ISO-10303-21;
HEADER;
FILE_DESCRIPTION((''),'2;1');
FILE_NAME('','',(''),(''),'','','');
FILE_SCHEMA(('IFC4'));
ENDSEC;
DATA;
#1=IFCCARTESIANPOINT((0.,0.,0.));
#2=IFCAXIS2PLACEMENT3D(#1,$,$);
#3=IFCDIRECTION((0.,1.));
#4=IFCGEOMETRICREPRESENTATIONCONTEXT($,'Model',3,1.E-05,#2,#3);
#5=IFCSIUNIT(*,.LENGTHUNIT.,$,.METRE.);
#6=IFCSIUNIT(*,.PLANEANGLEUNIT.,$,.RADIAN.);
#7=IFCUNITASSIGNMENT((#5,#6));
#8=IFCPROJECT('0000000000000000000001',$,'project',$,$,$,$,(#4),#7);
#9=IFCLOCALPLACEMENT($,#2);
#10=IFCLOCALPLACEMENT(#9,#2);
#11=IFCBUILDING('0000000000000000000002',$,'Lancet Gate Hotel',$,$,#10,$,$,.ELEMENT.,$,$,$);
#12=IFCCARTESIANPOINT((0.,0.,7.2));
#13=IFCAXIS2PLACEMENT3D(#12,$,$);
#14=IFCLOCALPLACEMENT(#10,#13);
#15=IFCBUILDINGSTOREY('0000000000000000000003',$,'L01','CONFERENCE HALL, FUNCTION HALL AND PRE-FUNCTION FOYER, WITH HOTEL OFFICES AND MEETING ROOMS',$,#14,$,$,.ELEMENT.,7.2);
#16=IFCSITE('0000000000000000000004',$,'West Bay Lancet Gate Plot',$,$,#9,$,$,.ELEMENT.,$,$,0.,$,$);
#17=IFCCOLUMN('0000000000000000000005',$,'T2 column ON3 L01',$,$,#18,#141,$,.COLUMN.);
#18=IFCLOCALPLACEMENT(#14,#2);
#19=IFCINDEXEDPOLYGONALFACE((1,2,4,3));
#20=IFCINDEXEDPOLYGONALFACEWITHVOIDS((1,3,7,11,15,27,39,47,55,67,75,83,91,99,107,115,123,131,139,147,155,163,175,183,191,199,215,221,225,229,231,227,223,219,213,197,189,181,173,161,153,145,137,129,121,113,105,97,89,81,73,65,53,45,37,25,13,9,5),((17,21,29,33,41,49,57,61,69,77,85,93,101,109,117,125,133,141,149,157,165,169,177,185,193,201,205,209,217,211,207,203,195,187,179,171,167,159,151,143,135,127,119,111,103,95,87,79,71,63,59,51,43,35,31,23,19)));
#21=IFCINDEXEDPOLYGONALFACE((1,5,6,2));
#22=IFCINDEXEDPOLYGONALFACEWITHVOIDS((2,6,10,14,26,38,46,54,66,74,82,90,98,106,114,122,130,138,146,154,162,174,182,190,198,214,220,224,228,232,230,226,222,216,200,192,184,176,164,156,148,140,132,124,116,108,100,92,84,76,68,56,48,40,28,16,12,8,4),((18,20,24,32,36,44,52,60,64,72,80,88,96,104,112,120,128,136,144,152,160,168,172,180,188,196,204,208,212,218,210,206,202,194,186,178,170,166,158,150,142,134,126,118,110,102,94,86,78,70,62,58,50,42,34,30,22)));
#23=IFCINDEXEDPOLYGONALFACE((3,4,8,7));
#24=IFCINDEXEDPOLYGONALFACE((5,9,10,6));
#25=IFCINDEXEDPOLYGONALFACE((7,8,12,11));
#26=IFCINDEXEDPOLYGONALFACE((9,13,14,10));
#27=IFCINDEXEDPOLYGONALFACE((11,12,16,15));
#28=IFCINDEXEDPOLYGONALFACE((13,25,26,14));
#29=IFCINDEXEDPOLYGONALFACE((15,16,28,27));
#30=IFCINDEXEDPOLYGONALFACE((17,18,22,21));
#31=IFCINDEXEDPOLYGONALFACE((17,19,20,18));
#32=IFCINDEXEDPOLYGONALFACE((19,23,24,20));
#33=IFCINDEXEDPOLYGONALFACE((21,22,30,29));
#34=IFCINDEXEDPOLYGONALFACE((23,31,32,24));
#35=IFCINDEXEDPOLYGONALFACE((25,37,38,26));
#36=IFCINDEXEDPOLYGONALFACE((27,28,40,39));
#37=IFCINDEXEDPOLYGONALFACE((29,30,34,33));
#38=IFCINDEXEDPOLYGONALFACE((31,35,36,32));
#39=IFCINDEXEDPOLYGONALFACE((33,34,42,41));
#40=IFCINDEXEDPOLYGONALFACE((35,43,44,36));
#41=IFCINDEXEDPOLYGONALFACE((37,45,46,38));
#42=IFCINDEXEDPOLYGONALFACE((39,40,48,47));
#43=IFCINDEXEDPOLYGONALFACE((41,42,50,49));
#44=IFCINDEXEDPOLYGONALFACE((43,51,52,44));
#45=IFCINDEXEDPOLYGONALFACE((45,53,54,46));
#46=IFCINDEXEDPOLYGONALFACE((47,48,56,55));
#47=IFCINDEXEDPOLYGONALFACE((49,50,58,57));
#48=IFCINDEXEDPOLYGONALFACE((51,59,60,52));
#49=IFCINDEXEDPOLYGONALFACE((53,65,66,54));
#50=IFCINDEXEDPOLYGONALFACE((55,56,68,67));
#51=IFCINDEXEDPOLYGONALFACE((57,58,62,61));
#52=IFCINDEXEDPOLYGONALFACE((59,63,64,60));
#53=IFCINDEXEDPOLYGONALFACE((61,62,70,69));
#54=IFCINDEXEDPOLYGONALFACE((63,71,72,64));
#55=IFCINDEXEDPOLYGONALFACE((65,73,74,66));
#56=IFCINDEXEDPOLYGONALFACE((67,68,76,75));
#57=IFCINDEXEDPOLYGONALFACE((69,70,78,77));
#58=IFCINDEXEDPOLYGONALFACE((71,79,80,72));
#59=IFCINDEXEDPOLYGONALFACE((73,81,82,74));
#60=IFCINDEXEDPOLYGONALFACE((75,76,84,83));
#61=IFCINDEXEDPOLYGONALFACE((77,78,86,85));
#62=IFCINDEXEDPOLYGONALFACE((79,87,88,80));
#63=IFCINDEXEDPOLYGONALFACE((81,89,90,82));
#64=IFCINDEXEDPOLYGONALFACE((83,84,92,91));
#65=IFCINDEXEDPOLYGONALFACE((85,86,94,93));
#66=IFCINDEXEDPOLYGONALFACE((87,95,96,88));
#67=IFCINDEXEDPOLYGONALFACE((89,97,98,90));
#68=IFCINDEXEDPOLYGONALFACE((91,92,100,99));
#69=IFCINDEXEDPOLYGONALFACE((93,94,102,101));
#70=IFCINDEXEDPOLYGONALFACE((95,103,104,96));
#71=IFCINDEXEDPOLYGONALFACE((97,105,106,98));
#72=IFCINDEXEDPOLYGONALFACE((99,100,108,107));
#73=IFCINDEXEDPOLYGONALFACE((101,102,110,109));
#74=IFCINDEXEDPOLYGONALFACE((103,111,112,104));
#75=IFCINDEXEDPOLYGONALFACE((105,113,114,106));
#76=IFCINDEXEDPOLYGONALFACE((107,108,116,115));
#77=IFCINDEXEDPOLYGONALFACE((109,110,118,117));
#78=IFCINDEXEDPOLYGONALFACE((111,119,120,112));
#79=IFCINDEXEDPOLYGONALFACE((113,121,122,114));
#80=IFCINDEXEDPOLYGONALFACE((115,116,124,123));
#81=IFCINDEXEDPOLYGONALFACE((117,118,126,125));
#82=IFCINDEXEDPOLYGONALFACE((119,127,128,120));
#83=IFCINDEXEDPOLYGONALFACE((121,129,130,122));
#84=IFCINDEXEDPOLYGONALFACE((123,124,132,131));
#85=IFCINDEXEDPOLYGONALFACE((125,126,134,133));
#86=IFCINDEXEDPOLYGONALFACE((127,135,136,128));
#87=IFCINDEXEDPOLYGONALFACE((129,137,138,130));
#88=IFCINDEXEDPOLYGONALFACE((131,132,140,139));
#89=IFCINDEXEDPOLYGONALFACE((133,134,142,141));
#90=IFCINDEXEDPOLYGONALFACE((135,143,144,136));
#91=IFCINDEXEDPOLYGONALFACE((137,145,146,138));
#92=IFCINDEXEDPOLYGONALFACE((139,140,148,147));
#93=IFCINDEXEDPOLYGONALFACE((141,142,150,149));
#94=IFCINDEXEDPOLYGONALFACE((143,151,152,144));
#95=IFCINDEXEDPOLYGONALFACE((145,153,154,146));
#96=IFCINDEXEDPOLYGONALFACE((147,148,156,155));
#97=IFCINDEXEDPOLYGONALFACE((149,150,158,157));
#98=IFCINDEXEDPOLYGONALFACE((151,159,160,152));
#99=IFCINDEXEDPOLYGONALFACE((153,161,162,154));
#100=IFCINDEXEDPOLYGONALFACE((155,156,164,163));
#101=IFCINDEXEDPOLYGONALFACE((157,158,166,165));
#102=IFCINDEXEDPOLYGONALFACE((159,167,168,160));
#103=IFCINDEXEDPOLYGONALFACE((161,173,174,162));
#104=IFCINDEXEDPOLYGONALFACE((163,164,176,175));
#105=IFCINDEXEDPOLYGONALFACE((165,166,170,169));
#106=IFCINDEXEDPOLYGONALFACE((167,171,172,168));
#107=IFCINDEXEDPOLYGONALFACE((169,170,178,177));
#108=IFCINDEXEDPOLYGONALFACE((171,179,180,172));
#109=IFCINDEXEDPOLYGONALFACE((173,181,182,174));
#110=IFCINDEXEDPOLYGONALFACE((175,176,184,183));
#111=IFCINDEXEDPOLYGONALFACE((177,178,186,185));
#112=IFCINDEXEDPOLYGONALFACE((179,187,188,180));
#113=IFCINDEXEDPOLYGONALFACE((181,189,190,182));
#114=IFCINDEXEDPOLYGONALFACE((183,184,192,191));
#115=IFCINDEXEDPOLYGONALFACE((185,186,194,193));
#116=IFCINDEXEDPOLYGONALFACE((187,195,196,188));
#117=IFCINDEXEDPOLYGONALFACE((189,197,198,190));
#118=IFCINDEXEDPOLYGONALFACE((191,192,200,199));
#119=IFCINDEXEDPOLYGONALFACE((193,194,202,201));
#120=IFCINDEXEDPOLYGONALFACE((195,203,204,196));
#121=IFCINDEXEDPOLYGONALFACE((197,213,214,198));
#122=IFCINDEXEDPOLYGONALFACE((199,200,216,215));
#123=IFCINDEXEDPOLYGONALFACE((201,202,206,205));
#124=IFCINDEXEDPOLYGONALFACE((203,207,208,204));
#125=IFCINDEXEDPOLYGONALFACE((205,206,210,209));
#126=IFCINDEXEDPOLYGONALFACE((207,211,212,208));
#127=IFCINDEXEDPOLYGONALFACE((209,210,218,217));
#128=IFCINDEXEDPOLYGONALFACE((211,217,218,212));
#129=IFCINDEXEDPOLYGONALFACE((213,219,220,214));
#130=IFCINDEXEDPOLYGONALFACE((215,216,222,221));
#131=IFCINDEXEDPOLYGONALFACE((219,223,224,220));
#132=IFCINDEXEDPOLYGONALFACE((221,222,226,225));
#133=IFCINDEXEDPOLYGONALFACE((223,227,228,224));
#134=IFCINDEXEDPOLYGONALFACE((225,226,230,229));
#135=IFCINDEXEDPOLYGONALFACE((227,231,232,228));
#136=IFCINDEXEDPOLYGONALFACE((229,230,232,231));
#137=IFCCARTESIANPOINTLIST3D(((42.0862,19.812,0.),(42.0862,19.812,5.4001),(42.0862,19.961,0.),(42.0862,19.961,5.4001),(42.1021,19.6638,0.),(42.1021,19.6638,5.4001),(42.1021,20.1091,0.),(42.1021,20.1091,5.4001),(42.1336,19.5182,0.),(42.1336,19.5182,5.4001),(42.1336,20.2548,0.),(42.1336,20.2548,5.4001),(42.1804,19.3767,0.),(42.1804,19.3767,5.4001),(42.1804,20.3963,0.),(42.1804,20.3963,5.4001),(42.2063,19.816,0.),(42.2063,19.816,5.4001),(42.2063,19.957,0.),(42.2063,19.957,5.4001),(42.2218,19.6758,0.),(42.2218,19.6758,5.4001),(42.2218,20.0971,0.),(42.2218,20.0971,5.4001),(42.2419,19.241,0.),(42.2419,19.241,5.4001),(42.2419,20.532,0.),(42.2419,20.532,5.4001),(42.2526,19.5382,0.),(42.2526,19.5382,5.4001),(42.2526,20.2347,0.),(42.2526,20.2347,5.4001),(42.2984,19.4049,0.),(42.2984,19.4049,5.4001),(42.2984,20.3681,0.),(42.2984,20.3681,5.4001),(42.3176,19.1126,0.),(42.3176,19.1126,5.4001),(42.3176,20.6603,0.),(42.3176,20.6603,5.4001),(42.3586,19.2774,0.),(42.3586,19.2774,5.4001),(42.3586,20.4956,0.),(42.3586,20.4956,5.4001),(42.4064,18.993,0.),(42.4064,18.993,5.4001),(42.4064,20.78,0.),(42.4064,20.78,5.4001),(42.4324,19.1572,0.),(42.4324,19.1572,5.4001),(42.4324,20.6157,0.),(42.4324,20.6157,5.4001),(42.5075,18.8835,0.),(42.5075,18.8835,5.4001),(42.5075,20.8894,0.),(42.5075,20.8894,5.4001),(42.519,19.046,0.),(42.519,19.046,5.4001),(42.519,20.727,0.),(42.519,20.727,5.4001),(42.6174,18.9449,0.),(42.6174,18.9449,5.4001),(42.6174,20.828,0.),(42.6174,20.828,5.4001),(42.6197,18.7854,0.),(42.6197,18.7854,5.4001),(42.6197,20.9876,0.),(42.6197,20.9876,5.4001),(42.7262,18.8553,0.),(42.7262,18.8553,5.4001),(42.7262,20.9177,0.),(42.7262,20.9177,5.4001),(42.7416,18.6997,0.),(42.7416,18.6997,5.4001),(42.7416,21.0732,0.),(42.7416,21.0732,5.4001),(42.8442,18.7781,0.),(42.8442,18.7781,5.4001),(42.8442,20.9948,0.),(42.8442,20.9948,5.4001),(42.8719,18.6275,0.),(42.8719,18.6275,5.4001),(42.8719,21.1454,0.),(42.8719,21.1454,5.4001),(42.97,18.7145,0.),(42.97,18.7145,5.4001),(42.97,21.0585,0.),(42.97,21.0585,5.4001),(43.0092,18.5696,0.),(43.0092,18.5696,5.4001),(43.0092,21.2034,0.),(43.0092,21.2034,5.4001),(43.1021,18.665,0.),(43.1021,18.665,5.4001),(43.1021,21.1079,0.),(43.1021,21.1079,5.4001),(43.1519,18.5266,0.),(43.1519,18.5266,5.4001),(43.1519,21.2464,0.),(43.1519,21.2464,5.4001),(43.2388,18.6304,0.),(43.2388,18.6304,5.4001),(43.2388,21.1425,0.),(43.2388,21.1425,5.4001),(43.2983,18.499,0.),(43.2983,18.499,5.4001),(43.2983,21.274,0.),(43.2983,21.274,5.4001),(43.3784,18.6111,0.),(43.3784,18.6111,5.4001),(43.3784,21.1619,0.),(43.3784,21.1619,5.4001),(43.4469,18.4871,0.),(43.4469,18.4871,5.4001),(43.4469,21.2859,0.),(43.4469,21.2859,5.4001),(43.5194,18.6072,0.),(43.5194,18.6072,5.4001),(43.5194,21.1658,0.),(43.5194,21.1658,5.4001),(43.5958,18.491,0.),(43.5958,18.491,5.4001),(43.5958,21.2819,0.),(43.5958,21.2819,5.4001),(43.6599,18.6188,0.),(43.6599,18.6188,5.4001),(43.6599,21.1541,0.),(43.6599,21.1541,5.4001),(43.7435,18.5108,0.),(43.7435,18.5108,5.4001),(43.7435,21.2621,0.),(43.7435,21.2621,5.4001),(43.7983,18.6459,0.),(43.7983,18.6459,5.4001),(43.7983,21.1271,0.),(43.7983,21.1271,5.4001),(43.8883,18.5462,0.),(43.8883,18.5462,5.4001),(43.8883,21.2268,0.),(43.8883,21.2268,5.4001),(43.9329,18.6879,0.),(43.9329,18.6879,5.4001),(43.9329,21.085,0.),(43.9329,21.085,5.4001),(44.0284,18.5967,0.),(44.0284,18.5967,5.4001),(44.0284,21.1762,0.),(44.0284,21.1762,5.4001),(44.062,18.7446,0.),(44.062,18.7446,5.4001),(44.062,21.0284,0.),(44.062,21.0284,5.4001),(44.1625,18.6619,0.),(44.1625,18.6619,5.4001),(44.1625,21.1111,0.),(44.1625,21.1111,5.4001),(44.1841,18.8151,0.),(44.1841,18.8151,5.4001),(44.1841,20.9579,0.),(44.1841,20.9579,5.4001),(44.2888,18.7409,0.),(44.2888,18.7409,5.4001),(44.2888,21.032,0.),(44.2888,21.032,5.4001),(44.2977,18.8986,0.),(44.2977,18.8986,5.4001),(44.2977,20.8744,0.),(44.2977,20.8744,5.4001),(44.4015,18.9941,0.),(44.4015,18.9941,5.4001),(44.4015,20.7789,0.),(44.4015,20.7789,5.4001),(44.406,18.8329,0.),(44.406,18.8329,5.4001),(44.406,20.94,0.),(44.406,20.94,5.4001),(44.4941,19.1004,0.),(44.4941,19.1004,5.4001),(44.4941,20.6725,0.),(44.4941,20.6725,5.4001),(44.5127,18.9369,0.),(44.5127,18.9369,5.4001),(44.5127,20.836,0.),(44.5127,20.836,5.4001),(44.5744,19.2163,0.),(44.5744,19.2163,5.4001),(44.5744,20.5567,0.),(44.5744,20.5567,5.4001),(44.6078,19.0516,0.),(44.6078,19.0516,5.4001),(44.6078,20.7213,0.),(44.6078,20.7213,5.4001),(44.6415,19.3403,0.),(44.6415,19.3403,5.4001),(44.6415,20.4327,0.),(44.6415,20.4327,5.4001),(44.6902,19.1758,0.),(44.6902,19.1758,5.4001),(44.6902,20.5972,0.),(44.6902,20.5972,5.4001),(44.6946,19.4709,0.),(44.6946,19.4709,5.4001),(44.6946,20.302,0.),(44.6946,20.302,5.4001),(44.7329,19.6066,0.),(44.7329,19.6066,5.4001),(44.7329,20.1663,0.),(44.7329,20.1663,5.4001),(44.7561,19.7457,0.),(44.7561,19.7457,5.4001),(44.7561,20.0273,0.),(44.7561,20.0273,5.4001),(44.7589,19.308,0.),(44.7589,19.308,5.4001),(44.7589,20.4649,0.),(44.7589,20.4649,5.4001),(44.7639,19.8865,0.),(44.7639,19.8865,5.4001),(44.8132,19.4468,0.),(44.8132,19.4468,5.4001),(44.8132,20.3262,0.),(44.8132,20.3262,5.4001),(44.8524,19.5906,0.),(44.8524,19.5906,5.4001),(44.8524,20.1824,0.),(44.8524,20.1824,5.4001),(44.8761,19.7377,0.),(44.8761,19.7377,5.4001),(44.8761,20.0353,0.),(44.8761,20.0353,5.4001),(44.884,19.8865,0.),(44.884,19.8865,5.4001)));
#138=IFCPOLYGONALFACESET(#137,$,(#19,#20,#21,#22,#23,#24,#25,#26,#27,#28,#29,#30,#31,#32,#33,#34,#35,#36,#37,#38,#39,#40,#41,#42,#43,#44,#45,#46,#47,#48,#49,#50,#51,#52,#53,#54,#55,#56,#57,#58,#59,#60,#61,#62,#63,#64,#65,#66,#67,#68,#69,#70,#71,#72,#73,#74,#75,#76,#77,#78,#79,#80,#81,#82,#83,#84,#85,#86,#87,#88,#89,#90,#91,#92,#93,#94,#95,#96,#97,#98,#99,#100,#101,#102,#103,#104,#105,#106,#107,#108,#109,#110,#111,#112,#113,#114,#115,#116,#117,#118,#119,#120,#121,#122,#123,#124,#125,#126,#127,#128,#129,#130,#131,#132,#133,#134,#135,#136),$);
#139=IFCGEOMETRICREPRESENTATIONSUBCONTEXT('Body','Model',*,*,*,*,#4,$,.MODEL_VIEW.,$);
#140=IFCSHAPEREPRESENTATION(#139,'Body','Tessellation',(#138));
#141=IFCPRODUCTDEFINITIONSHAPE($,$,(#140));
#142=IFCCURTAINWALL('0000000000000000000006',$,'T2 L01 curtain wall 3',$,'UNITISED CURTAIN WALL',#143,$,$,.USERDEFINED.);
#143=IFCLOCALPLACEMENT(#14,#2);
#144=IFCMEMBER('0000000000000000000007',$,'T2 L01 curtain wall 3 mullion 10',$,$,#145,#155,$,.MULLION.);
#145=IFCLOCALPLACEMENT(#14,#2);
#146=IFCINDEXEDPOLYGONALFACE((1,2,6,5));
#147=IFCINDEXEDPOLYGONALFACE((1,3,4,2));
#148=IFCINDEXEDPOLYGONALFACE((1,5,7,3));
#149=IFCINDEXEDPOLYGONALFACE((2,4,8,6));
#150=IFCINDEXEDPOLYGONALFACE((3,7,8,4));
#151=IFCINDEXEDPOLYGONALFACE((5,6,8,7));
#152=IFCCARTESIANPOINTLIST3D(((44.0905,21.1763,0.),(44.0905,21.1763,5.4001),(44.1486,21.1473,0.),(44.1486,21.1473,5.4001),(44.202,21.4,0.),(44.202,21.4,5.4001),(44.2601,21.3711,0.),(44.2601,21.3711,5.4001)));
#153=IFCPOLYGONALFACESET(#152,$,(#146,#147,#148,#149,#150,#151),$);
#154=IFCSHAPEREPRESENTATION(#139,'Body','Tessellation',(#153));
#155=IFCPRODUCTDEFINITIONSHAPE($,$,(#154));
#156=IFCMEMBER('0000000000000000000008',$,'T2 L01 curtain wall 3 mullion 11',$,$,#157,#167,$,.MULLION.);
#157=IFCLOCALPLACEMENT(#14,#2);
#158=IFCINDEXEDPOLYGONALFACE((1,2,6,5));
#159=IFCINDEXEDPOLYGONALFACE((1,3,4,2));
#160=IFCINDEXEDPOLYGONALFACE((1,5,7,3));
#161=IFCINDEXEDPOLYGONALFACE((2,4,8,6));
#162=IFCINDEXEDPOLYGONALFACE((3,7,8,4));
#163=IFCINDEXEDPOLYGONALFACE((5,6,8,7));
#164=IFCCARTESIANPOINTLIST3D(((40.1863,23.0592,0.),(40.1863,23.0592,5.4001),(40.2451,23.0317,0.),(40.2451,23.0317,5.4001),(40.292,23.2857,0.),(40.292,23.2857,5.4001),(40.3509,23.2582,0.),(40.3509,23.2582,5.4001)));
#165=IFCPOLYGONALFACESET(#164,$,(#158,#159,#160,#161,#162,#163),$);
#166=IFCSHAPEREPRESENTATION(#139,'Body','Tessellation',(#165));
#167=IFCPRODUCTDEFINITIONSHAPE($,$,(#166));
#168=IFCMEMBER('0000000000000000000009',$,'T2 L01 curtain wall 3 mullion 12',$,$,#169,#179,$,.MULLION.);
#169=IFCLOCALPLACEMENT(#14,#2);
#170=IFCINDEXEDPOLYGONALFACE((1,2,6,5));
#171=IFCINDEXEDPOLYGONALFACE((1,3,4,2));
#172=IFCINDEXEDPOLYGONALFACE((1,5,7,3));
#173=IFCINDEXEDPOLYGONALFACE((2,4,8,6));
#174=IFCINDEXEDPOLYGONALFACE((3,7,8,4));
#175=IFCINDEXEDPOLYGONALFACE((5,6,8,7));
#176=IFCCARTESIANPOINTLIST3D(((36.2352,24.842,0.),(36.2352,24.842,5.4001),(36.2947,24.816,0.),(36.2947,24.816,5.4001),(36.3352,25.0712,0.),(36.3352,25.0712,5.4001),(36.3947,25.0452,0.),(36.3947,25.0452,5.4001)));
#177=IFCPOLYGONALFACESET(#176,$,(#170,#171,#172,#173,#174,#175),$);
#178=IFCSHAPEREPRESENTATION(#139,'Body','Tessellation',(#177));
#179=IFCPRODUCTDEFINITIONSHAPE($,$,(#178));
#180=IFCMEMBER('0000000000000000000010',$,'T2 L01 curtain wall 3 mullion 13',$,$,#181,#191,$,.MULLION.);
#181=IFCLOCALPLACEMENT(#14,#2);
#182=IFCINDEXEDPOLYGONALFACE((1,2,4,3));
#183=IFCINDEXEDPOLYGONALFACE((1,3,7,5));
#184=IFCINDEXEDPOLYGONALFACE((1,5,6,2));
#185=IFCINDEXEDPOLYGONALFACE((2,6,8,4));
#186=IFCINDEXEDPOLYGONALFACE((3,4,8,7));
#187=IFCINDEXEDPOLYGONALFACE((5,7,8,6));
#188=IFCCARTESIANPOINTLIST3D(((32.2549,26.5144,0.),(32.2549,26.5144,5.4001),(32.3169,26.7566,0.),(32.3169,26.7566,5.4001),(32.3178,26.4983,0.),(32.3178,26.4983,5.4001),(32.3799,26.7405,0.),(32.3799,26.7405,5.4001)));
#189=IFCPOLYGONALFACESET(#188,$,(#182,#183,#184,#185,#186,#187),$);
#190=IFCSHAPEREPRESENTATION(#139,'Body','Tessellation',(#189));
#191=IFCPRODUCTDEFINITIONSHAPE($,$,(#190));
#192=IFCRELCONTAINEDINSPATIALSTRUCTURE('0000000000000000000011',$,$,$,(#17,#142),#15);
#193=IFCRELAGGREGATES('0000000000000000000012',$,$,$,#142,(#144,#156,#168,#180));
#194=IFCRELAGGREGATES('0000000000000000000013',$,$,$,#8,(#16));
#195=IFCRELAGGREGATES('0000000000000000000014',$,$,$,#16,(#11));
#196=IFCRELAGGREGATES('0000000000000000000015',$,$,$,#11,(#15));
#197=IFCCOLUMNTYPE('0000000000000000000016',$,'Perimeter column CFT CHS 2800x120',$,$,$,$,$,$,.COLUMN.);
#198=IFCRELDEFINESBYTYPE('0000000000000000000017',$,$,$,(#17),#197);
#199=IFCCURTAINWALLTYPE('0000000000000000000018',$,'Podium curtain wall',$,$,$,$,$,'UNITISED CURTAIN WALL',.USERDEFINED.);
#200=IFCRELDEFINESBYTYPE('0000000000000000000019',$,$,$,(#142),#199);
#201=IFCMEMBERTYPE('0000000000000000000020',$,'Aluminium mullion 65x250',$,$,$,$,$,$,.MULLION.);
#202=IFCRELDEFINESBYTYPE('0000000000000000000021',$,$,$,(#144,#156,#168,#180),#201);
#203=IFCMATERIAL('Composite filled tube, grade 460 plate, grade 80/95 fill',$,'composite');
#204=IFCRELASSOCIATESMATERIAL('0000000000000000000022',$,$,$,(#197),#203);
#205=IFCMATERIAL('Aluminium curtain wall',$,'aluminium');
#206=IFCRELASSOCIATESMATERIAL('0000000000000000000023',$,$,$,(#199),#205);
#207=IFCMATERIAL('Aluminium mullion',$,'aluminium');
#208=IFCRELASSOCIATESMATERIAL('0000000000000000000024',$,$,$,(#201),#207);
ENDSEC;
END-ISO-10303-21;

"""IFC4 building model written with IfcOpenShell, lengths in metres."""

from ifc_helpers import new_model, si_unit, direction, frame, origin, origin_2d, place, context, subcontext, project, spatial, rectangle, hollow_circle, extrude, material, material_profile, profile_set, type_object, element, aggregate, save


model = new_model("IFC4")

# Units and contexts
model_context = context("Model", 3, precision=1e-05, world=origin(), true_north=direction((0.0, 1.0)))
body_context = subcontext(model_context, "Body", "Model", "MODEL_VIEW")
ifc_project = project(units=[si_unit("LENGTHUNIT", "METRE"), si_unit("PLANEANGLEUNIT", "RADIAN")], contexts=[model_context])

# Site, building, storey
site_placement = place(None, origin())
site = spatial("IfcSite", under=ifc_project, at=site_placement, Name="West Bay Lancet Gate Plot", CompositionType="ELEMENT", RefElevation=0.0)
building_placement = place(site_placement, origin())
building = spatial("IfcBuilding", under=site, at=building_placement, Name="Lancet Gate Hotel", CompositionType="ELEMENT")
storey_placement = place(building_placement, frame((0.0, 0.0, 7.2)))
storey = spatial("IfcBuildingStorey", under=building, at=storey_placement, Name="L01", Description="CONFERENCE HALL, FUNCTION HALL AND PRE-FUNCTION FOYER, WITH HOTEL OFFICES AND MEETING ROOMS", CompositionType="ELEMENT", Elevation=7.2)

# Column
ifc_material_1 = material(Name="Composite filled tube, grade 460 plate, grade 80/95 fill", Category="composite")
ifc_material_profile_1 = material_profile(ifc_material_1, hollow_circle(Radius=1.3999, WallThickness=0.1201, at=origin_2d()), Name="CHS 2800x120")
ifc_profile_set_1 = profile_set([ifc_material_profile_1], Name="Composite filled tube, grade 460 plate, grade 80/95 fill")
column_type = type_object("IfcColumnType", Name="Perimeter column CFT CHS 2800x120", PredefinedType="COLUMN", material=ifc_profile_set_1)
column_placement = place(storey_placement, frame((43.4841, 19.8865, 0.0), z_axis=(0.0, 0.0, 1.0), x_axis=(1.0, 0.0, 0.0)))
element("IfcColumn", 1, at=column_placement, inside=storey, type_object=column_type, Name="T2 column ON3 L01", PredefinedType="COLUMN", context=body_context, shape_type="SweptSolid", body=[
    extrude(hollow_circle(Radius=1.3999, WallThickness=0.1201, at=origin_2d()), origin(), (0.0, 0.0, 1.0), 5.4001),
])

# Curtain wall, members
ifc_material_2 = material(Name="Aluminium curtain wall", Category="aluminium")
curtain_wall_type = type_object("IfcCurtainWallType", Name="Podium curtain wall", ElementType="UNITISED CURTAIN WALL", PredefinedType="USERDEFINED", material=ifc_material_2)
curtain_wall_placement = place(storey_placement, origin())
curtain_wall = element("IfcCurtainWall", 2, at=curtain_wall_placement, inside=storey, type_object=curtain_wall_type, Name="T2 L01 curtain wall 3", ObjectType="UNITISED CURTAIN WALL", PredefinedType="USERDEFINED")
ifc_material_3 = material(Name="Aluminium mullion", Category="aluminium")
ifc_material_profile_2 = material_profile(ifc_material_3, rectangle(XDim=0.0649, YDim=0.25, at=origin_2d()), Name="MULLION 65x250")
ifc_profile_set_2 = profile_set([ifc_material_profile_2], Name="Aluminium mullion")
member_type_1 = type_object("IfcMemberType", Name="Aluminium mullion 65x250", PredefinedType="MULLION", material=ifc_profile_set_2)
member_1_placement = place(storey_placement, frame((44.1753, 21.2737, 0.0), z_axis=(0.0, 0.0, 1.0), x_axis=(-0.895044, 0.445978, 0.0)))
member_1 = element("IfcMember", 3, at=member_1_placement, type_object=member_type_1, Name="T2 L01 curtain wall 3 mullion 10", PredefinedType="MULLION", context=body_context, shape_type="SweptSolid", body=[
    extrude(rectangle(XDim=0.0649, YDim=0.25, at=origin_2d()), origin(), (0.0, 0.0, 1.0), 5.4001),
])
member_2_placement = place(storey_placement, frame((40.2686, 23.1587, 0.0), z_axis=(0.0, 0.0, 1.0), x_axis=(-0.906105, 0.423053, 0.0)))
member_2 = element("IfcMember", 4, at=member_2_placement, type_object=member_type_1, Name="T2 L01 curtain wall 3 mullion 11", PredefinedType="MULLION", context=body_context, shape_type="SweptSolid", body=[
    extrude(rectangle(XDim=0.0649, YDim=0.25, at=origin_2d()), origin(), (0.0, 0.0, 1.0), 5.4001),
])
member_3_placement = place(storey_placement, frame((36.3149, 24.9436, 0.0), z_axis=(0.0, 0.0, 1.0), x_axis=(-0.916579, 0.399854, 0.0)))
member_3 = element("IfcMember", 5, at=member_3_placement, type_object=member_type_1, Name="T2 L01 curtain wall 3 mullion 12", PredefinedType="MULLION", context=body_context, shape_type="SweptSolid", body=[
    extrude(rectangle(XDim=0.0649, YDim=0.25, at=origin_2d()), origin(), (0.0, 0.0, 1.0), 5.4001),
])
member_4_placement = place(storey_placement, frame((32.3174, 26.6274, 0.0), z_axis=(0.0, 0.0, 1.0), x_axis=(-0.968721, 0.24815, 0.0)))
member_4 = element("IfcMember", 6, at=member_4_placement, type_object=member_type_1, Name="T2 L01 curtain wall 3 mullion 13", PredefinedType="MULLION", context=body_context, shape_type="SweptSolid", body=[
    extrude(rectangle(XDim=0.0649, YDim=0.25, at=origin_2d()), origin(), (0.0, 0.0, 1.0), 5.4001),
])

aggregate(curtain_wall, [member_1, member_2, member_3, member_4])

save(model, "model.ifc")
